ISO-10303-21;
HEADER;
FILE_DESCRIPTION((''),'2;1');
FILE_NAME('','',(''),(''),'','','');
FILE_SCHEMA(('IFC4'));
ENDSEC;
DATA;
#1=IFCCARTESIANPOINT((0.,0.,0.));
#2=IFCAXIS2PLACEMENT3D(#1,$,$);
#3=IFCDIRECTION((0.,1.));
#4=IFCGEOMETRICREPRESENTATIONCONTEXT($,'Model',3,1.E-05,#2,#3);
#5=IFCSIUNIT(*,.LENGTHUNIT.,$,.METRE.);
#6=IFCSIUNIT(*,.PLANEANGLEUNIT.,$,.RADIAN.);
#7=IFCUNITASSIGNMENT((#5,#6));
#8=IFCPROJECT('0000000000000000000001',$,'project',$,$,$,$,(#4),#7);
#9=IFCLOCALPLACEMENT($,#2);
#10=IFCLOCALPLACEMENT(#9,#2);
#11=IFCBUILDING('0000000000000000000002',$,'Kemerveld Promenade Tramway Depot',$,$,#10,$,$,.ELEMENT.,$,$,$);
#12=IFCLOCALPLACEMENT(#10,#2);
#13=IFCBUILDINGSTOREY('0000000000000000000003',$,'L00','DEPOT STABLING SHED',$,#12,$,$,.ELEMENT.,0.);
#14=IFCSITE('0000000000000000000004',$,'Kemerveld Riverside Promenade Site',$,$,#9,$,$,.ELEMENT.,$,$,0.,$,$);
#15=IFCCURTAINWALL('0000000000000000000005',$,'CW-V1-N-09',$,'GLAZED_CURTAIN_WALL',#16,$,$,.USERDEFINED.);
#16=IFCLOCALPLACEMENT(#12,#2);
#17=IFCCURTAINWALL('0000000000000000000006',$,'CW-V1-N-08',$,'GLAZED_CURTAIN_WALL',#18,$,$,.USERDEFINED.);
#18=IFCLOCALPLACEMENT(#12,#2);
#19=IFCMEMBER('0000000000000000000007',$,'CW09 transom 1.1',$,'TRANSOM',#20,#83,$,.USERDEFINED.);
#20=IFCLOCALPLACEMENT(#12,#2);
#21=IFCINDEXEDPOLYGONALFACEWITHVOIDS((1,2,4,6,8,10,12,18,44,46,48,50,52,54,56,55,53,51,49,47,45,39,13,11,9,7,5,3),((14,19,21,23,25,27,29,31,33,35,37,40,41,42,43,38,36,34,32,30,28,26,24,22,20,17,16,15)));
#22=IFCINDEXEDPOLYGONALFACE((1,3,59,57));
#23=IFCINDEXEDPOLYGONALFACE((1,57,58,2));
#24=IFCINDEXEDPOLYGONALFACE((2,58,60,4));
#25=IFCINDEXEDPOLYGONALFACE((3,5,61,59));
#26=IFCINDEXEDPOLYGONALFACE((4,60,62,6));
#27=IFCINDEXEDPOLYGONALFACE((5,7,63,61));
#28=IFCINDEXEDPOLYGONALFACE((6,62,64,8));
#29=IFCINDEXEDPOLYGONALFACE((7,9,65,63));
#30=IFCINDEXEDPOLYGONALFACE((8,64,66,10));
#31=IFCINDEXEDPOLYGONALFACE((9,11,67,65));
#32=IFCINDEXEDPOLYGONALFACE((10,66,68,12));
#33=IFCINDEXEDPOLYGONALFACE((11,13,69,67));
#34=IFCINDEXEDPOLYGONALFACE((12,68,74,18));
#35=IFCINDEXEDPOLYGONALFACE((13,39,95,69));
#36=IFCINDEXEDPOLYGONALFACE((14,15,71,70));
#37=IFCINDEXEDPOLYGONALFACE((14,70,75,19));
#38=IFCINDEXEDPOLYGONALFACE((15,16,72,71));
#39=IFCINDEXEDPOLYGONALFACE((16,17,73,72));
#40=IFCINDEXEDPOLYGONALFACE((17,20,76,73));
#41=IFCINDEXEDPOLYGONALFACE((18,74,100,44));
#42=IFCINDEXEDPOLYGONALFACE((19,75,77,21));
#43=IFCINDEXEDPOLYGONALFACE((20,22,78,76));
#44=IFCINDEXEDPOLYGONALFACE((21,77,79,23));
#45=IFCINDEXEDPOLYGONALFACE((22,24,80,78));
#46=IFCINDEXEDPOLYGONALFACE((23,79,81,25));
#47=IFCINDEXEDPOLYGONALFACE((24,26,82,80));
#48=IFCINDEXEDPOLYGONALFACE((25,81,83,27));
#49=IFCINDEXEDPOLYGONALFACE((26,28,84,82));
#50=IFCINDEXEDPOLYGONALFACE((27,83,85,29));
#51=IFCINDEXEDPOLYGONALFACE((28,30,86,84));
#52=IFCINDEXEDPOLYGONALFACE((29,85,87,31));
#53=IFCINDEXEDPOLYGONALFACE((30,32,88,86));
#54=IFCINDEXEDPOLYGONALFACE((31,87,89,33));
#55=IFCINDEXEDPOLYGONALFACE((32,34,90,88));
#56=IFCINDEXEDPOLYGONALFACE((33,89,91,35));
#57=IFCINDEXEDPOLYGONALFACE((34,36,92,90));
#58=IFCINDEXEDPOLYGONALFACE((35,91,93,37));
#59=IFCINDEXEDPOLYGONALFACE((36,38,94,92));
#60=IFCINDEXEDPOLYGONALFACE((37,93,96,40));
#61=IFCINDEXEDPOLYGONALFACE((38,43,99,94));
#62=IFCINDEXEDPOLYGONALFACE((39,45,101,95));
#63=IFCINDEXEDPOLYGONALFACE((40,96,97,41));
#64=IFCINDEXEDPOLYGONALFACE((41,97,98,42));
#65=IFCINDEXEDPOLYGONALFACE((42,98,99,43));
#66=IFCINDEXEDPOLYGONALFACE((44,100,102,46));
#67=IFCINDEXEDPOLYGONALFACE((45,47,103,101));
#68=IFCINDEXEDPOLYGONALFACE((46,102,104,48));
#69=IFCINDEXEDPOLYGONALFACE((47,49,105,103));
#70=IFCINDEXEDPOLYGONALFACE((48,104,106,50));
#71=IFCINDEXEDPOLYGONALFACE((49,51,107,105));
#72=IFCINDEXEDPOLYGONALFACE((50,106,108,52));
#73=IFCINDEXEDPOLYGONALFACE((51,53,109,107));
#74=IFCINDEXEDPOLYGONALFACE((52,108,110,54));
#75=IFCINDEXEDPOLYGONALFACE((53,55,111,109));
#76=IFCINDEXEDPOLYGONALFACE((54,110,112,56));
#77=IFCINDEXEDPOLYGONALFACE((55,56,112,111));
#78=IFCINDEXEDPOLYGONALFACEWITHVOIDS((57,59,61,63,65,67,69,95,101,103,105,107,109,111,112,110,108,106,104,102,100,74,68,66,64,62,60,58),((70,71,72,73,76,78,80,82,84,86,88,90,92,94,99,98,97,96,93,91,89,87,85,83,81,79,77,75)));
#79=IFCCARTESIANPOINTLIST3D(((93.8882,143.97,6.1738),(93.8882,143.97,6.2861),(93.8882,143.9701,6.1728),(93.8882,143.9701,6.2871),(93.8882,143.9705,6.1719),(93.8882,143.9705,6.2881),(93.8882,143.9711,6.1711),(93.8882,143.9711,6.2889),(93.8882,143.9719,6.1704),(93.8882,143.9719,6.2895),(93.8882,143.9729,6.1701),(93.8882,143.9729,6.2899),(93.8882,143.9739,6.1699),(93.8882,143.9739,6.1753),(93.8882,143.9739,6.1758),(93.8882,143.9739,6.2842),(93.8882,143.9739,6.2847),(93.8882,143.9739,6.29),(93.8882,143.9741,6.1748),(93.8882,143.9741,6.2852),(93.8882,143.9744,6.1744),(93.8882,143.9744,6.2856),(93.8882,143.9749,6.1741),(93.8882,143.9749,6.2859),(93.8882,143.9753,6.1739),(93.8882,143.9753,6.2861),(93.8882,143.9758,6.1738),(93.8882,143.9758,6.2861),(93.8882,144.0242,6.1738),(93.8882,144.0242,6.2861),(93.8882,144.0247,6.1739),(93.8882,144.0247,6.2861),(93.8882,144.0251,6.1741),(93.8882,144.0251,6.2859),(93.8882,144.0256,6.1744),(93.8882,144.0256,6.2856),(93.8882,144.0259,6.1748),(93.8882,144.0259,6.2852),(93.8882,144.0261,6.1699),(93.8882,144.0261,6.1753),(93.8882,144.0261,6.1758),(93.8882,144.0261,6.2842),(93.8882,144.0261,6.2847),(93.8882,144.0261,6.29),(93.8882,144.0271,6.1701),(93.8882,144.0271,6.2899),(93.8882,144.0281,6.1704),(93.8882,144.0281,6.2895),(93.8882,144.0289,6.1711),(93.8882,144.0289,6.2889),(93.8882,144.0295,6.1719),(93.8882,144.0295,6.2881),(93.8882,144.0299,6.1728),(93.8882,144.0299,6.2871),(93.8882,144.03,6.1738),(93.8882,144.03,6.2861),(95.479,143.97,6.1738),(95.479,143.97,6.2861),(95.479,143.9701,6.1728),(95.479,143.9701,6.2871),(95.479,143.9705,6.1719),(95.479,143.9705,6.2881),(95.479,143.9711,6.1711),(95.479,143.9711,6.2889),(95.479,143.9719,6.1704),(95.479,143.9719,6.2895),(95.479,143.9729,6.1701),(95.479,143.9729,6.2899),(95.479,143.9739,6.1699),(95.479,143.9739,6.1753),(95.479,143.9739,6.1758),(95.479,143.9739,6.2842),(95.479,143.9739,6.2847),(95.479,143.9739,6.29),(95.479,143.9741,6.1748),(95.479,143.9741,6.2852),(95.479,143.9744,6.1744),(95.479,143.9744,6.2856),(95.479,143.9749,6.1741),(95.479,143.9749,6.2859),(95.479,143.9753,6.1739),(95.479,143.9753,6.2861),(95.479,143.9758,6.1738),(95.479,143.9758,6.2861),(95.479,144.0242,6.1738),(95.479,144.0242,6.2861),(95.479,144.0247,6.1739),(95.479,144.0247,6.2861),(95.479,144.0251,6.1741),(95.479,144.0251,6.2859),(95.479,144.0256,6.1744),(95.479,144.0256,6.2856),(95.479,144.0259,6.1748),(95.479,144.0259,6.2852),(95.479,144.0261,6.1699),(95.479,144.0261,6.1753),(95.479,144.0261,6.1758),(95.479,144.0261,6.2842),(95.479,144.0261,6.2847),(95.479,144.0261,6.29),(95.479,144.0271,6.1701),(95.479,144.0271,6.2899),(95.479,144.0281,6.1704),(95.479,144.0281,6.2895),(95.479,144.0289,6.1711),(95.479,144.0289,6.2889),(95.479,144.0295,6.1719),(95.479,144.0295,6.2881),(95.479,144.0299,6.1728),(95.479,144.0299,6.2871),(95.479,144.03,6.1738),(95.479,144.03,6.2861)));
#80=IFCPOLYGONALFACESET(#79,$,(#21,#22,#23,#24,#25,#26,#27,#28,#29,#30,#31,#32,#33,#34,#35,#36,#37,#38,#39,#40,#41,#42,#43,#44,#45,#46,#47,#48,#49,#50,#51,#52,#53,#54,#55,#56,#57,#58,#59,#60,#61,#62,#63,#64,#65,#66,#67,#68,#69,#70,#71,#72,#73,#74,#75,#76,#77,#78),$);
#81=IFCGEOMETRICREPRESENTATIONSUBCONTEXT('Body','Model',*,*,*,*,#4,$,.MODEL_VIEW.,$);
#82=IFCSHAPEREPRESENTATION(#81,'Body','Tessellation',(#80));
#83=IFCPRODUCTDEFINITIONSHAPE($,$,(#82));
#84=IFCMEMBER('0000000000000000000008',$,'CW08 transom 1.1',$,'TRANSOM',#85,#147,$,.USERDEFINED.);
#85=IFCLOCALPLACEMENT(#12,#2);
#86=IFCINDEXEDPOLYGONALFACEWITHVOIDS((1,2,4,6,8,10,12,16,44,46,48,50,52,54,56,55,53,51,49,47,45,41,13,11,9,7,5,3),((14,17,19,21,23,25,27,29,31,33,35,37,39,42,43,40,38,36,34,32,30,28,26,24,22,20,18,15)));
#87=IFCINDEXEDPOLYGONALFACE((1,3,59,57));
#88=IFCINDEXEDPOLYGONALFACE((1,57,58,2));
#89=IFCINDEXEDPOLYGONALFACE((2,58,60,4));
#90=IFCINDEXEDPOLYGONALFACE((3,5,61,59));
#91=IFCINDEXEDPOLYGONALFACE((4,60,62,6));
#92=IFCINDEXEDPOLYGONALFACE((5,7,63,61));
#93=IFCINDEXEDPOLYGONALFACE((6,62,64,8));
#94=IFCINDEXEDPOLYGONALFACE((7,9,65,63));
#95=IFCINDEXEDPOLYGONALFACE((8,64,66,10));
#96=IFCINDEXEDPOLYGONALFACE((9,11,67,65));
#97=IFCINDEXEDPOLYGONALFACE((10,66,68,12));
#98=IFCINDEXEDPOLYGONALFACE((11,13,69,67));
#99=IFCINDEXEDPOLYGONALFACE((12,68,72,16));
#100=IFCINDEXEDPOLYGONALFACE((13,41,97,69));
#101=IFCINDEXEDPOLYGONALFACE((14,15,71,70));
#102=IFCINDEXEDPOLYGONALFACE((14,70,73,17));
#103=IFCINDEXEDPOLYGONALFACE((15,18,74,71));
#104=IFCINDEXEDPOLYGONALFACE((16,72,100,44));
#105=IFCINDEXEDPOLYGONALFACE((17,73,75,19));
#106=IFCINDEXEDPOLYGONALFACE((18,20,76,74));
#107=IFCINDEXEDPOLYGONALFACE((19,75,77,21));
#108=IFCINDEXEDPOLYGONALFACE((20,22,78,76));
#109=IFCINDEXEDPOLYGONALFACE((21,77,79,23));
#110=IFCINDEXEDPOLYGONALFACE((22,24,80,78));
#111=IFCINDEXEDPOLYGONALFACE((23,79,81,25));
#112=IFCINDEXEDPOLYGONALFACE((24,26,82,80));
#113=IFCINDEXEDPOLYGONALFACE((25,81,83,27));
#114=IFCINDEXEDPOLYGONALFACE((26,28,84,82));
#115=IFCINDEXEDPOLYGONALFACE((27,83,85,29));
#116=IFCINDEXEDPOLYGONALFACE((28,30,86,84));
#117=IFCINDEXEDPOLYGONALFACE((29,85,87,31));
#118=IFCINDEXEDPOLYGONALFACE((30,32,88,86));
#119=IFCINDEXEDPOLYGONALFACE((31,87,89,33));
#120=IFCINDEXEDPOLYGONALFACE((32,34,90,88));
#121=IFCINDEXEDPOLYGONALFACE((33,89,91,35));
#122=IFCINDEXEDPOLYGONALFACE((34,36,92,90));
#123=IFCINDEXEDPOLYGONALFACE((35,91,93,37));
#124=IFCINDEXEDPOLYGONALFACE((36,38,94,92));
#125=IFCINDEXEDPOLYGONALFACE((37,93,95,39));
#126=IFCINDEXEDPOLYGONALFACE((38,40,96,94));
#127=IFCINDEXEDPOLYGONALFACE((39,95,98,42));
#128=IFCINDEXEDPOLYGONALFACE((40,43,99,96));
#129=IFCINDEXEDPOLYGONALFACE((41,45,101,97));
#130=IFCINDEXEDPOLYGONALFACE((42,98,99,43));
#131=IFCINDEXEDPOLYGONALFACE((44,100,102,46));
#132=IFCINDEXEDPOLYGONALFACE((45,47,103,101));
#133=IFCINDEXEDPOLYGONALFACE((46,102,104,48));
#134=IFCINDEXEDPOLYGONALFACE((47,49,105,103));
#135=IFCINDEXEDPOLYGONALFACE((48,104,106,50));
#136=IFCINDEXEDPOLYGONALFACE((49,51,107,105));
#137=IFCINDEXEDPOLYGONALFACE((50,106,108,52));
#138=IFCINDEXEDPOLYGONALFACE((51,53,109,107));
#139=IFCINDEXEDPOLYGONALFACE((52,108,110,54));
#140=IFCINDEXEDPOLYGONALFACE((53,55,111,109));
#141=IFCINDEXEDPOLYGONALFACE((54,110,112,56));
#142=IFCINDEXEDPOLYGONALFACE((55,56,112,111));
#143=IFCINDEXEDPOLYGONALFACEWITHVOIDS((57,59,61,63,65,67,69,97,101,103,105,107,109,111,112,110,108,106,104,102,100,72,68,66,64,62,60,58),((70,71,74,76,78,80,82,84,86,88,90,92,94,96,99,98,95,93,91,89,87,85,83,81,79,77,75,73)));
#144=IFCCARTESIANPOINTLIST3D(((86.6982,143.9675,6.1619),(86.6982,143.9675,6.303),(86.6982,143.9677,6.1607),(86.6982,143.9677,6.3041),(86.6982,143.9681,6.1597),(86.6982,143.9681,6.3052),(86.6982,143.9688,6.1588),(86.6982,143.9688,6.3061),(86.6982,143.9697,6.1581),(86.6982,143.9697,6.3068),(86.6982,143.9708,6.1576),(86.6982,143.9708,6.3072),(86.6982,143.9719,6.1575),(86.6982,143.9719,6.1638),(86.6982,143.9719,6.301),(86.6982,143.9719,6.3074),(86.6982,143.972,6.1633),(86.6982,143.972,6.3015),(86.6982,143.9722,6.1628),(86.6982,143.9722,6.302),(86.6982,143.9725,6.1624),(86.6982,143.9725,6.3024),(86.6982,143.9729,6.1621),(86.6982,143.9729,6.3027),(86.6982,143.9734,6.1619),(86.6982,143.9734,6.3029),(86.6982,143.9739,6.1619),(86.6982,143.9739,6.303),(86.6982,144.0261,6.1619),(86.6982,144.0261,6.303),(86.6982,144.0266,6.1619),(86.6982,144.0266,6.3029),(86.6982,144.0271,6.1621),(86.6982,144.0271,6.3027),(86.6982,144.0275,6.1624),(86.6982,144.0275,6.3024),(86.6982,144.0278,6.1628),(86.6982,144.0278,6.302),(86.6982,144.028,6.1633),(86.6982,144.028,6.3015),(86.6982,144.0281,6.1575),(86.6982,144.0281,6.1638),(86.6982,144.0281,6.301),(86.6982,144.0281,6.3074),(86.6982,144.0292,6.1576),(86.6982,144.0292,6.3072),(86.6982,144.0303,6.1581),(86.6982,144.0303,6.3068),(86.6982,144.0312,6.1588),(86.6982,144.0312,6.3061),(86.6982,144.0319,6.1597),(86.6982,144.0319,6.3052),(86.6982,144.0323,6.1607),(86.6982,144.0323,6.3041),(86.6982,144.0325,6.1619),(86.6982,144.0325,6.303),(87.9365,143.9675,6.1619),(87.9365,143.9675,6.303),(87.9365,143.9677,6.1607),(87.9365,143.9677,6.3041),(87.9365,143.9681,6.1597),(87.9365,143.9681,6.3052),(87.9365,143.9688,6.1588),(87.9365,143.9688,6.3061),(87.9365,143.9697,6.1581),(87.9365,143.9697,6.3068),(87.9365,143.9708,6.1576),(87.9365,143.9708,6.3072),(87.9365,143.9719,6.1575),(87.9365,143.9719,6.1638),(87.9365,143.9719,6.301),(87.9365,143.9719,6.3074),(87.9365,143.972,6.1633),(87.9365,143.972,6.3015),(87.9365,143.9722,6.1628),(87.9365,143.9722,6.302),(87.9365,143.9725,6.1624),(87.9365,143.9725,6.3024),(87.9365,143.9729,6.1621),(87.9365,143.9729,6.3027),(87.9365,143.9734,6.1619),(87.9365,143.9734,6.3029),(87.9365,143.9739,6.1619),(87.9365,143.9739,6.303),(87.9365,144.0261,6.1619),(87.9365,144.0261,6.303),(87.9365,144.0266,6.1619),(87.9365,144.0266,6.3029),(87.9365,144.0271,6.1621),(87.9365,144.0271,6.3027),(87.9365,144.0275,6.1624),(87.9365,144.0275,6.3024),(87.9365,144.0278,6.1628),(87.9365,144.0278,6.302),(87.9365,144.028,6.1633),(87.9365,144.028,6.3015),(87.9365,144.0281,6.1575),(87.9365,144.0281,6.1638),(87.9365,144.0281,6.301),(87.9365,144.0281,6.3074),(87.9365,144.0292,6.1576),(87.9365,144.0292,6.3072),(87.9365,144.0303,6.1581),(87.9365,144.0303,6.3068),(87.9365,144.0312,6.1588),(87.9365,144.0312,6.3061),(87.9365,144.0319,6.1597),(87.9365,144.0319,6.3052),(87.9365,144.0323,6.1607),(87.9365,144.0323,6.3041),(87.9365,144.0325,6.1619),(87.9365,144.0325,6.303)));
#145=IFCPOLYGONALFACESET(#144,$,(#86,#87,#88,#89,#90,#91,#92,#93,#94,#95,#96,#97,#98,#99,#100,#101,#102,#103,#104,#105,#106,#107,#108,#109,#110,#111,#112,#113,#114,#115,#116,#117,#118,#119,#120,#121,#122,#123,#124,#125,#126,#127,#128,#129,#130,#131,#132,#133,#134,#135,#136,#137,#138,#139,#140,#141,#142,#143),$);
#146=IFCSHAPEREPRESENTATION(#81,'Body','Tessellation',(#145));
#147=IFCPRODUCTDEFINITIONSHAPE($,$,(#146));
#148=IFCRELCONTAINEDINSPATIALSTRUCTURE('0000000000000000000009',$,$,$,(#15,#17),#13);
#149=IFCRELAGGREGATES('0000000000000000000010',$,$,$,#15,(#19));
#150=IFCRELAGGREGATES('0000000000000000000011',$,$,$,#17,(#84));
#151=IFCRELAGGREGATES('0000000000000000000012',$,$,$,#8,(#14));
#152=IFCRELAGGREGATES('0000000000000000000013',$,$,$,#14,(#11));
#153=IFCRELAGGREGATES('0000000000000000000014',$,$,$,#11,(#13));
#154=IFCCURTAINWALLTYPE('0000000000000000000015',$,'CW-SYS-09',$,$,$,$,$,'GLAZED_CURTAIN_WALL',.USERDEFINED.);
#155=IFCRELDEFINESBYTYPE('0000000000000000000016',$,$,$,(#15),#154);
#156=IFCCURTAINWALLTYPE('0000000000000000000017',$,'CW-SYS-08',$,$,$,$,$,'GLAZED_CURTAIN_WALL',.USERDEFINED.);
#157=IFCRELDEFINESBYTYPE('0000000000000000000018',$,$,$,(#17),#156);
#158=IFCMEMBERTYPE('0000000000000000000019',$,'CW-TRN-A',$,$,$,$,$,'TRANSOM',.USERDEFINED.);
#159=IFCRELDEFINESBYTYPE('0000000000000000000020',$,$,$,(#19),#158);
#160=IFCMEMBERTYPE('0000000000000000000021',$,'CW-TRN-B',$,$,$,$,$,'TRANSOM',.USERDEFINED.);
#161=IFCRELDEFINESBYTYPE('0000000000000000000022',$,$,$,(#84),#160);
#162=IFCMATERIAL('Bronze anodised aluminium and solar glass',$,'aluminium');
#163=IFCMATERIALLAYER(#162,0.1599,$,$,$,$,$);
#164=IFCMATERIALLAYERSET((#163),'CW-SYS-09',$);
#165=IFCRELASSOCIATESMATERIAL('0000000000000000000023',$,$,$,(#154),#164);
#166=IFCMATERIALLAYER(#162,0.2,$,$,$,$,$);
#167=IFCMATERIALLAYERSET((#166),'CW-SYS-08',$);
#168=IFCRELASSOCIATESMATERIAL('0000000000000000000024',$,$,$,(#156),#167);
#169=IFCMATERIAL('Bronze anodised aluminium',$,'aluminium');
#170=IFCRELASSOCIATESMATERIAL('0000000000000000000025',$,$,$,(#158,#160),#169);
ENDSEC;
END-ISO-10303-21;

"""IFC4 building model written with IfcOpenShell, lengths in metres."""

from ifc_helpers import new_model, si_unit, direction, frame, origin, origin_2d, place, context, subcontext, project, spatial, hollow_rectangle, extrude, material, layer, layer_set, material_profile, profile_set, type_object, element, aggregate, save


model = new_model("IFC4")

# Units and contexts
model_context = context("Model", 3, precision=1e-05, world=origin(), true_north=direction((0.0, 1.0)))
body_context = subcontext(model_context, "Body", "Model", "MODEL_VIEW")
ifc_project = project(units=[si_unit("LENGTHUNIT", "METRE"), si_unit("PLANEANGLEUNIT", "RADIAN")], contexts=[model_context])

# Site, building, storey
site_placement = place(None, origin())
site = spatial("IfcSite", under=ifc_project, at=site_placement, Name="Kemerveld Riverside Promenade Site", CompositionType="ELEMENT", RefElevation=0.0)
building_placement = place(site_placement, origin())
building = spatial("IfcBuilding", under=site, at=building_placement, Name="Kemerveld Promenade Tramway Depot", CompositionType="ELEMENT")
storey_placement = place(building_placement, origin())
storey = spatial("IfcBuildingStorey", under=building, at=storey_placement, Name="L00", Description="DEPOT STABLING SHED", CompositionType="ELEMENT", Elevation=0.0)

# Shared definitions
ifc_material_1 = material(Name="Bronze anodised aluminium and solar glass", Category="aluminium")
ifc_material_2 = material(Name="Bronze anodised aluminium", Category="aluminium")

# Curtain wall
ifc_layer_1 = layer(ifc_material_1, 0.1599)
ifc_layer_set_1 = layer_set([ifc_layer_1], Name="CW-SYS-09")
curtain_wall_type_1 = type_object("IfcCurtainWallType", Name="CW-SYS-09", ElementType="GLAZED_CURTAIN_WALL", PredefinedType="USERDEFINED", material=ifc_layer_set_1)
curtain_wall_1_placement = place(storey_placement, origin())
curtain_wall_1 = element("IfcCurtainWall", 1, at=curtain_wall_1_placement, inside=storey, type_object=curtain_wall_type_1, Name="CW-V1-N-09", ObjectType="GLAZED_CURTAIN_WALL", PredefinedType="USERDEFINED")

# Curtain wall
ifc_layer_2 = layer(ifc_material_1, 0.2)
ifc_layer_set_2 = layer_set([ifc_layer_2], Name="CW-SYS-08")
curtain_wall_type_2 = type_object("IfcCurtainWallType", Name="CW-SYS-08", ElementType="GLAZED_CURTAIN_WALL", PredefinedType="USERDEFINED", material=ifc_layer_set_2)
curtain_wall_2_placement = place(storey_placement, origin())
curtain_wall_2 = element("IfcCurtainWall", 2, at=curtain_wall_2_placement, inside=storey, type_object=curtain_wall_type_2, Name="CW-V1-N-08", ObjectType="GLAZED_CURTAIN_WALL", PredefinedType="USERDEFINED")

# Members
ifc_material_profile_1 = material_profile(ifc_material_2, hollow_rectangle(XDim=0.0601, YDim=0.1201, WallThickness=0.0039, InnerFilletRadius=0.002, OuterFilletRadius=0.0039, at=origin_2d()), Name="CW-TRN-120x60")
ifc_profile_set_1 = profile_set([ifc_material_profile_1], Name="Bronze anodised aluminium")
member_type_1 = type_object("IfcMemberType", Name="CW-TRN-A", ElementType="TRANSOM", PredefinedType="USERDEFINED", material=ifc_profile_set_1)
member_1_placement = place(storey_placement, frame((93.8882, 144.0, 6.23), z_axis=(1.0, 0.0, 0.0), x_axis=(0.0, 1.0, 0.0)))
member_1 = element("IfcMember", 3, at=member_1_placement, type_object=member_type_1, Name="CW09 transom 1.1", ObjectType="TRANSOM", PredefinedType="USERDEFINED", context=body_context, shape_type="SweptSolid", body=[
    extrude(hollow_rectangle(XDim=0.0601, YDim=0.1201, WallThickness=0.0039, InnerFilletRadius=0.002, OuterFilletRadius=0.0039, at=origin_2d()), origin(), (0.0, 0.0, 1.0), 1.5908),
])
aggregate(curtain_wall_1, [member_1])
ifc_material_profile_2 = material_profile(ifc_material_2, hollow_rectangle(XDim=0.0649, YDim=0.1499, WallThickness=0.0044, InnerFilletRadius=0.002, OuterFilletRadius=0.0044, at=origin_2d()), Name="CW-TRN-150x65")
ifc_profile_set_2 = profile_set([ifc_material_profile_2], Name="Bronze anodised aluminium")
member_type_2 = type_object("IfcMemberType", Name="CW-TRN-B", ElementType="TRANSOM", PredefinedType="USERDEFINED", material=ifc_profile_set_2)
member_2_placement = place(storey_placement, frame((86.6982, 144.0, 6.2324), z_axis=(1.0, 0.0, 0.0), x_axis=(0.0, 1.0, 0.0)))
member_2 = element("IfcMember", 4, at=member_2_placement, type_object=member_type_2, Name="CW08 transom 1.1", ObjectType="TRANSOM", PredefinedType="USERDEFINED", context=body_context, shape_type="SweptSolid", body=[
    extrude(hollow_rectangle(XDim=0.0649, YDim=0.1499, WallThickness=0.0044, InnerFilletRadius=0.002, OuterFilletRadius=0.0044, at=origin_2d()), origin(), (0.0, 0.0, 1.0), 1.2383),
])

aggregate(curtain_wall_2, [member_2])

save(model, "model.ifc")
